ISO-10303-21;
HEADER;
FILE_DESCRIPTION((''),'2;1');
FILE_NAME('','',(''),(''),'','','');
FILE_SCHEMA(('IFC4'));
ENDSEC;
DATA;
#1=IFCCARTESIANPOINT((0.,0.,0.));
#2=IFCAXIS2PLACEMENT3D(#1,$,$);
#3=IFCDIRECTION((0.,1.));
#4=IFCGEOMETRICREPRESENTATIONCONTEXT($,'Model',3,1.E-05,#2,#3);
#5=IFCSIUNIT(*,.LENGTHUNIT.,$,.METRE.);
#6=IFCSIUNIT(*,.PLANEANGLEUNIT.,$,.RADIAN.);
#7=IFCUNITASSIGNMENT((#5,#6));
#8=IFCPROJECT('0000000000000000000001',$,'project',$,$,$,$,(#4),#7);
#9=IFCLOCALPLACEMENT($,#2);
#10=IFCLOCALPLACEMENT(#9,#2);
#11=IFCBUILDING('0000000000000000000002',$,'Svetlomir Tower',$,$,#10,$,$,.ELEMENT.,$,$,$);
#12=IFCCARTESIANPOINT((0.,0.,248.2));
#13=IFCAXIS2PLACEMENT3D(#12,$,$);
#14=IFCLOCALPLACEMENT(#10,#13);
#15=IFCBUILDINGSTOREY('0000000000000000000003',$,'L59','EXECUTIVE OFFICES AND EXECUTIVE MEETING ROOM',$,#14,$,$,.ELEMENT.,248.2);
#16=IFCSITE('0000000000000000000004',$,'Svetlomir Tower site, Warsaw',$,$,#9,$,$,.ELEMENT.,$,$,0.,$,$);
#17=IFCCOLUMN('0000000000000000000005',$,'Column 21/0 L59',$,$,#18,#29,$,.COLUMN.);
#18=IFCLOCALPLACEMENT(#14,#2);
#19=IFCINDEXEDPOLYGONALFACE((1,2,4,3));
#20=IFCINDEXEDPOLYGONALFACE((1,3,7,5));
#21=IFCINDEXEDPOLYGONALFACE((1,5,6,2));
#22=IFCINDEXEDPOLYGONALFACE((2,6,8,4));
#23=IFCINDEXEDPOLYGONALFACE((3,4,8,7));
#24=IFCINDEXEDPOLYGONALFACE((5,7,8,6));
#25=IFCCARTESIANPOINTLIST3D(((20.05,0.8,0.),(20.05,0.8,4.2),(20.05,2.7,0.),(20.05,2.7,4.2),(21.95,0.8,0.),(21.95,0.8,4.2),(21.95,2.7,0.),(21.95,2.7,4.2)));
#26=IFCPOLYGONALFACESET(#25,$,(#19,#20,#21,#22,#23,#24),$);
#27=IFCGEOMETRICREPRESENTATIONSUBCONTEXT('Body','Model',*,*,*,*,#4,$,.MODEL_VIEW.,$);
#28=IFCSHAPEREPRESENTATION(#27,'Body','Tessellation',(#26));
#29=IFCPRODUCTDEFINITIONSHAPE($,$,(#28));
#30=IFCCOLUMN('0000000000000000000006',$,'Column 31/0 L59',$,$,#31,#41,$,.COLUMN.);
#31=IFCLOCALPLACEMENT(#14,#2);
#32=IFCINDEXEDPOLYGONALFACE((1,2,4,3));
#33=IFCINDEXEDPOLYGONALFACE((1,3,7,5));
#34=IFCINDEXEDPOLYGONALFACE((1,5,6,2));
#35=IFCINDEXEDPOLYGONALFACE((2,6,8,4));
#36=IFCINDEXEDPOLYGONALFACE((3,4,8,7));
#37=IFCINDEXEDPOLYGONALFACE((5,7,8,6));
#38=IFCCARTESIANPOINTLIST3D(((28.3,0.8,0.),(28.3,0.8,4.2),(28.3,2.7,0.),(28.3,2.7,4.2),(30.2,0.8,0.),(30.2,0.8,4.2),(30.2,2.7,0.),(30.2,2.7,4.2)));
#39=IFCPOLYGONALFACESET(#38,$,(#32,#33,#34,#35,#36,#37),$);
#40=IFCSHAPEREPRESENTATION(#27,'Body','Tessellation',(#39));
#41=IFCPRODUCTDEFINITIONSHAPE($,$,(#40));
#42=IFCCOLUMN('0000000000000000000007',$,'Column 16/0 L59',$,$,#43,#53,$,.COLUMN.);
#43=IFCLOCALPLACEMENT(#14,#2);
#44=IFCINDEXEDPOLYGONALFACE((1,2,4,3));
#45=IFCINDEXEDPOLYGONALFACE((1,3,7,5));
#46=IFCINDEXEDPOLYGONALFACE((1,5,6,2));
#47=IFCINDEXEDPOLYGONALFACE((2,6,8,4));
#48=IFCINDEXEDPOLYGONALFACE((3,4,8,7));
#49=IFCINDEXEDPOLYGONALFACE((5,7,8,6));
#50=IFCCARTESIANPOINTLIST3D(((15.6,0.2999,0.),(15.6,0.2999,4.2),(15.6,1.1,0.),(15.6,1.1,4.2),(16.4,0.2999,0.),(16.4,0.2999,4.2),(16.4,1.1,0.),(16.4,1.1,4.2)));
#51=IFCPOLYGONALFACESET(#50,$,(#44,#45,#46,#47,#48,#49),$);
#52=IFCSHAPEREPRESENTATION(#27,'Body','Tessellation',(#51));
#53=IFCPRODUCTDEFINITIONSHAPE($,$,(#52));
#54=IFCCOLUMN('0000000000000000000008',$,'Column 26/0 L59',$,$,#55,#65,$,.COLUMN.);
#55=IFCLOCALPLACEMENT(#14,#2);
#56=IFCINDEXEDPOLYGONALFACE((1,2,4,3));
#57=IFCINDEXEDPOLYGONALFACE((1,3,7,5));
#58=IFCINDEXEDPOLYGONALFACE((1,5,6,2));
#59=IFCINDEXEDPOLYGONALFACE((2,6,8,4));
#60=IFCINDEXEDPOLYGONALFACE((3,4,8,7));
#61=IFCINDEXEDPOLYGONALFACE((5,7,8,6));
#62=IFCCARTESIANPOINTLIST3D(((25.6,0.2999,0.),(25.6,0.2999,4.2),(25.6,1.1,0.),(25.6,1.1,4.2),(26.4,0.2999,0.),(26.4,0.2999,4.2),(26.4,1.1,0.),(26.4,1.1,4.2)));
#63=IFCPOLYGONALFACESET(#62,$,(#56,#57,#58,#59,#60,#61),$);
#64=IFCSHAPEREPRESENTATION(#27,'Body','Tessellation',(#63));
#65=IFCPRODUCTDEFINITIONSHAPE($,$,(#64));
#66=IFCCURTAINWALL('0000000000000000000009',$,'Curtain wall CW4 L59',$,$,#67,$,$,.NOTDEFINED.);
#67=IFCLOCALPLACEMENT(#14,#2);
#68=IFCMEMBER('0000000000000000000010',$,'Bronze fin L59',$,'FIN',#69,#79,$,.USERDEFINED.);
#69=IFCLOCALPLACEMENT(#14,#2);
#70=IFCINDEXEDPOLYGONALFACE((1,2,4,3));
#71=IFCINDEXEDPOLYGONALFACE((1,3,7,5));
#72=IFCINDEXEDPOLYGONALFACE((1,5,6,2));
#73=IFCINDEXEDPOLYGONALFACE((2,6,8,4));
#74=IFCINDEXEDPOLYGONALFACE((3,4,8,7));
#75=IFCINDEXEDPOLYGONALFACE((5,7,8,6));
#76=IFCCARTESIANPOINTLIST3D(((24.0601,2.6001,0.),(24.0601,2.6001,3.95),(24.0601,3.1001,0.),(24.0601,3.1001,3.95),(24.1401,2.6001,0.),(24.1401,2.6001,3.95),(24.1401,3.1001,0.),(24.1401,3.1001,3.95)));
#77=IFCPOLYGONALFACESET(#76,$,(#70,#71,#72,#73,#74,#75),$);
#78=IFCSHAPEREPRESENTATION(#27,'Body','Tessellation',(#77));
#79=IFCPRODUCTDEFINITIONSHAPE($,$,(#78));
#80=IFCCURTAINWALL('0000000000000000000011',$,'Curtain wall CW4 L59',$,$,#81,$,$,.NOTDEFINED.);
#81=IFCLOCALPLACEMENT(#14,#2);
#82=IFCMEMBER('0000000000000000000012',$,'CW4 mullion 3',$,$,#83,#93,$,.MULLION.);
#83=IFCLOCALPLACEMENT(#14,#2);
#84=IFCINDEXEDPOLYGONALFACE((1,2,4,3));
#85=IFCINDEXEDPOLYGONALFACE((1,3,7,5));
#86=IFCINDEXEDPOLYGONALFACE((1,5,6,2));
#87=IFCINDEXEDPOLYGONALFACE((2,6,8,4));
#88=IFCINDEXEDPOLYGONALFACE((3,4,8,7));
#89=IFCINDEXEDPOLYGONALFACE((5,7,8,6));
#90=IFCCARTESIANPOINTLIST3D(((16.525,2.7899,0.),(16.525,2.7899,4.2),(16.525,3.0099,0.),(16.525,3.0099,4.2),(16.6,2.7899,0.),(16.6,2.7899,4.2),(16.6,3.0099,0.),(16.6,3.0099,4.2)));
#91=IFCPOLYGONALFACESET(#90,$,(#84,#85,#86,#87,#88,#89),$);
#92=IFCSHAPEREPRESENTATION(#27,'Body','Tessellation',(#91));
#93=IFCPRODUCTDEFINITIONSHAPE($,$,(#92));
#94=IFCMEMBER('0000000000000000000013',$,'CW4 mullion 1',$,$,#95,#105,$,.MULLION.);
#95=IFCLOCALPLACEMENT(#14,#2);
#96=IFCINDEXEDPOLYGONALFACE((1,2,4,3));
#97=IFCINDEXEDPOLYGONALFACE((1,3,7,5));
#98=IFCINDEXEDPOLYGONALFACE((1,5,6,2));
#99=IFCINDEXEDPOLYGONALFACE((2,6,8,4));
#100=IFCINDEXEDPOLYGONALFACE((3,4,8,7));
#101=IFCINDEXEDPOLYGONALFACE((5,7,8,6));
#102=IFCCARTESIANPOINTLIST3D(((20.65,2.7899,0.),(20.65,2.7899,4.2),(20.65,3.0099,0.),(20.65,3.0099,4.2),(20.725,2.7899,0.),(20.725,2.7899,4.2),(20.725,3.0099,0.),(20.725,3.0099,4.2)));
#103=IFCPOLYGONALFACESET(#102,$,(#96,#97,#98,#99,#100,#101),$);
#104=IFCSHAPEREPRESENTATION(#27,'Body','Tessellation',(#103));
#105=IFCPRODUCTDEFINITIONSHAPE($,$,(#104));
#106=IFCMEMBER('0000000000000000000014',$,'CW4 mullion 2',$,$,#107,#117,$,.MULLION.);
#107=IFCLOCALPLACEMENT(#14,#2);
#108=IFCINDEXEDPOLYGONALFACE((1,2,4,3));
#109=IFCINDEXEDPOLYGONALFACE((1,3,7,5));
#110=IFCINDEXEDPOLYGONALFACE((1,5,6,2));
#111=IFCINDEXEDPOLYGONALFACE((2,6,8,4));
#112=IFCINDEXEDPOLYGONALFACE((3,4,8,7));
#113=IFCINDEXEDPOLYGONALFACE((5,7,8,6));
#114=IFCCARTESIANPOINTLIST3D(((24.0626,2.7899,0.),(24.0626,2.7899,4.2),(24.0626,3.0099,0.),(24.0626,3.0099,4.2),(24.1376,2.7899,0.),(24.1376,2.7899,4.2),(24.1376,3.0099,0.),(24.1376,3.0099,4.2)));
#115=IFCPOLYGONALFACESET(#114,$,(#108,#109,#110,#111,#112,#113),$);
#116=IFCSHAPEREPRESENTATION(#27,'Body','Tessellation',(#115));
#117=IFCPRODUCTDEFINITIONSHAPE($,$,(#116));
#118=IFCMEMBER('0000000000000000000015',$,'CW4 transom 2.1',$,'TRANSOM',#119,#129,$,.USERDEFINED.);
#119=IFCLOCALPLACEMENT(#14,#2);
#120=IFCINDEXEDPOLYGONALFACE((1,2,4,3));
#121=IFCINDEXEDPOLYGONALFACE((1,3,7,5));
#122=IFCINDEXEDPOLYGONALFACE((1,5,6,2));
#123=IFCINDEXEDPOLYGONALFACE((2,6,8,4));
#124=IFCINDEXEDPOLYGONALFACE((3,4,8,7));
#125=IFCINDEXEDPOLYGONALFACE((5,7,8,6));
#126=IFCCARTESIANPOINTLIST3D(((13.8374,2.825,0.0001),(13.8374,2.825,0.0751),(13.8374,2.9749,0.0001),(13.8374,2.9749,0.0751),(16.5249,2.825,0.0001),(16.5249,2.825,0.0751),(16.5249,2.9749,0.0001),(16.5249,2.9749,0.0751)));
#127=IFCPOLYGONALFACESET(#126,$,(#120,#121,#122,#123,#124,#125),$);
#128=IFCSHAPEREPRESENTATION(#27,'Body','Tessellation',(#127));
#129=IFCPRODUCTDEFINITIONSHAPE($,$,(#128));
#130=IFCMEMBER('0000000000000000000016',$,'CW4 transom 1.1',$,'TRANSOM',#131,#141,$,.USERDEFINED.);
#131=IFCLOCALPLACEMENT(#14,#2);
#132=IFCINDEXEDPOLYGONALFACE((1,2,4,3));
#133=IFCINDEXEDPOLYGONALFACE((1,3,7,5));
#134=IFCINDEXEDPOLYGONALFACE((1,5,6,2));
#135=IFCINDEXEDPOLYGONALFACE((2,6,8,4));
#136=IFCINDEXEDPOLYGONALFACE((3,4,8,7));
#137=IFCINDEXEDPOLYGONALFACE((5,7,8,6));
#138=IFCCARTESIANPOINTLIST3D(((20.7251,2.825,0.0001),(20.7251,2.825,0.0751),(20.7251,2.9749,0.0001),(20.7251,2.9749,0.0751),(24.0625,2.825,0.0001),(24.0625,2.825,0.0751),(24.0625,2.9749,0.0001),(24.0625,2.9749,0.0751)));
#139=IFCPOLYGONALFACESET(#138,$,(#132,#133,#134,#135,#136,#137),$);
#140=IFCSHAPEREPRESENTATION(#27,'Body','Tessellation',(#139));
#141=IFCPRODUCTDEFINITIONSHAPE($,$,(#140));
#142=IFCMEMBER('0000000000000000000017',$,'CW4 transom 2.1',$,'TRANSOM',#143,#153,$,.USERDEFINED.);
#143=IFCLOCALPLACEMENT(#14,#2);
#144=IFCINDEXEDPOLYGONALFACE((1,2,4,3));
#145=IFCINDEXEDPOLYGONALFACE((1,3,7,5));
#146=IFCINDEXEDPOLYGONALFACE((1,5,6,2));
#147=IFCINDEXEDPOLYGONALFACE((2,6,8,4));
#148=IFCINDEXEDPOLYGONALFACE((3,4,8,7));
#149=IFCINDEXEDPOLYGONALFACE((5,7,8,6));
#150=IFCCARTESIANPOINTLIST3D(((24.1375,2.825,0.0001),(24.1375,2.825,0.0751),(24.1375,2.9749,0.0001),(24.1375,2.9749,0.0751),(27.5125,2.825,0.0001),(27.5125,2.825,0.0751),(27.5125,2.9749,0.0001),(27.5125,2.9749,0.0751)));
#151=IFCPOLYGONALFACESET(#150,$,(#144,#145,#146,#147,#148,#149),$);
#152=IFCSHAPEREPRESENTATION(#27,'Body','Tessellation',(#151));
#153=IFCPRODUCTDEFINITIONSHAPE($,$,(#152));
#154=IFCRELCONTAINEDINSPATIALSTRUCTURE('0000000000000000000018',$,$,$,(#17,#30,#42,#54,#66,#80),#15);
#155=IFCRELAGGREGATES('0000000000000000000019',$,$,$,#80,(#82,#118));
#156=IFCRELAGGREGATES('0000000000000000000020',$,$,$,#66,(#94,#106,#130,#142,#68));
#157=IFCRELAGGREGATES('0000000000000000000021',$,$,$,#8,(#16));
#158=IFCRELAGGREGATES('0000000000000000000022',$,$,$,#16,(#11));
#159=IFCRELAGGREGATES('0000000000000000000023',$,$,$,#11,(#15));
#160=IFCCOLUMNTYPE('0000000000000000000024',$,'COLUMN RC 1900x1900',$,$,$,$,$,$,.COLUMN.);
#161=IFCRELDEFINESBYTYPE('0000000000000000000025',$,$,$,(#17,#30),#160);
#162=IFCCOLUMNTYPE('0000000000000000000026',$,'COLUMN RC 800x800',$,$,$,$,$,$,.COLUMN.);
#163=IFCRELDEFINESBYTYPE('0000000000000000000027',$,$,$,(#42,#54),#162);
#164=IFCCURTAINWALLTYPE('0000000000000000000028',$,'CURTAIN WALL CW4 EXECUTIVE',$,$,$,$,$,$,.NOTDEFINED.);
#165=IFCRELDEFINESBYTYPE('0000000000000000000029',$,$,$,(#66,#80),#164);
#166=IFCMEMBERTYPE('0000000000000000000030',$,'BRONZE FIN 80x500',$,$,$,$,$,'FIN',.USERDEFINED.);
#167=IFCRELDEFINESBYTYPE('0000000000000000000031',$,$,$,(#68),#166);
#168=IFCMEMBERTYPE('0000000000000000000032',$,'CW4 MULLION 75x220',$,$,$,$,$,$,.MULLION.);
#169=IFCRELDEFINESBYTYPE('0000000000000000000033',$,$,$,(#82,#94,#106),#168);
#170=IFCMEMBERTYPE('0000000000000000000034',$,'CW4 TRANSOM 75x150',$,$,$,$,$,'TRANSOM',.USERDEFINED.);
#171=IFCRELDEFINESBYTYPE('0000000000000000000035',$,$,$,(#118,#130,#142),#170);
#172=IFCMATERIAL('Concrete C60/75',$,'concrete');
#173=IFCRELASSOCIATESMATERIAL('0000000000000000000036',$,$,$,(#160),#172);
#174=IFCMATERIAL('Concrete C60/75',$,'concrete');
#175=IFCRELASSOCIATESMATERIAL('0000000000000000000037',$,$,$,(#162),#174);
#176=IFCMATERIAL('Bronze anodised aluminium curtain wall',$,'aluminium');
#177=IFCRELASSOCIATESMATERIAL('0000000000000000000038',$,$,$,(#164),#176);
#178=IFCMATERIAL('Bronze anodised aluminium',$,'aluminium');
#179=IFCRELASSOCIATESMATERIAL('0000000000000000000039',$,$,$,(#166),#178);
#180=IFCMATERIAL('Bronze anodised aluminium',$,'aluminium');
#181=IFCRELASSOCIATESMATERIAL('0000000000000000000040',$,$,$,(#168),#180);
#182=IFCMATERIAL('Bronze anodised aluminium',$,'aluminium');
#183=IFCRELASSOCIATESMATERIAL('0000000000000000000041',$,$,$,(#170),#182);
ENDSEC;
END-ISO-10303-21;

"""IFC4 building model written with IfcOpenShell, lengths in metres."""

from ifc_helpers import new_model, si_unit, direction, frame, origin, origin_2d, place, context, subcontext, project, spatial, rectangle, extrude, material, material_profile, profile_set, type_object, element, aggregate, save


model = new_model("IFC4")

# Units and contexts
model_context = context("Model", 3, precision=1e-05, world=origin(), true_north=direction((0.0, 1.0)))
body_context = subcontext(model_context, "Body", "Model", "MODEL_VIEW")
ifc_project = project(units=[si_unit("LENGTHUNIT", "METRE"), si_unit("PLANEANGLEUNIT", "RADIAN")], contexts=[model_context])

# Site, building, storey
site_placement = place(None, origin())
site = spatial("IfcSite", under=ifc_project, at=site_placement, Name="Svetlomir Tower site, Warsaw", CompositionType="ELEMENT", RefElevation=0.0)
building_placement = place(site_placement, origin())
building = spatial("IfcBuilding", under=site, at=building_placement, Name="Svetlomir Tower", CompositionType="ELEMENT")
storey_placement = place(building_placement, frame((0.0, 0.0, 248.2)))
storey = spatial("IfcBuildingStorey", under=building, at=storey_placement, Name="L59", Description="EXECUTIVE OFFICES AND EXECUTIVE MEETING ROOM", CompositionType="ELEMENT", Elevation=248.2)

# Columns
ifc_material_1 = material(Name="Concrete C60/75", Category="concrete")
ifc_material_profile_1 = material_profile(ifc_material_1, rectangle(XDim=1.8999, YDim=1.8999, at=origin_2d()), Name="RC 1900x1900")
ifc_profile_set_1 = profile_set([ifc_material_profile_1], Name="Concrete C60/75")
column_type_1 = type_object("IfcColumnType", Name="COLUMN RC 1900x1900", PredefinedType="COLUMN", material=ifc_profile_set_1)
for number, where, z_axis, x_axis, name in (
    (1, (21.0, 1.75, 0.0), (0.0, 0.0, 1.0), (1.0, 0.0, 0.0), "Column 21/0 L59"),
    (2, (29.25, 1.75, 0.0), (0.0, 0.0, 1.0), (1.0, 0.0, 0.0), "Column 31/0 L59"),
):
    element("IfcColumn", number, at=place(storey_placement, frame(where, z_axis=z_axis, x_axis=x_axis)), inside=storey, type_object=column_type_1, Name=name, PredefinedType="COLUMN", context=body_context, shape_type="SweptSolid", body=[
        extrude(rectangle(XDim=1.8999, YDim=1.8999, at=origin_2d()), origin(), (0.0, 0.0, 1.0), 4.2),
    ])
ifc_material_2 = material(Name="Concrete C60/75", Category="concrete")
ifc_material_profile_2 = material_profile(ifc_material_2, rectangle(XDim=0.8, YDim=0.8, at=origin_2d()), Name="RC 800x800")
ifc_profile_set_2 = profile_set([ifc_material_profile_2], Name="Concrete C60/75")
column_type_2 = type_object("IfcColumnType", Name="COLUMN RC 800x800", PredefinedType="COLUMN", material=ifc_profile_set_2)
for number, where, z_axis, x_axis, name in (
    (3, (16.0, 0.7, 0.0), (0.0, 0.0, 1.0), (1.0, 0.0, 0.0), "Column 16/0 L59"),
    (4, (26.0, 0.7, 0.0), (0.0, 0.0, 1.0), (1.0, 0.0, 0.0), "Column 26/0 L59"),
):
    element("IfcColumn", number, at=place(storey_placement, frame(where, z_axis=z_axis, x_axis=x_axis)), inside=storey, type_object=column_type_2, Name=name, PredefinedType="COLUMN", context=body_context, shape_type="SweptSolid", body=[
        extrude(rectangle(XDim=0.8, YDim=0.8, at=origin_2d()), origin(), (0.0, 0.0, 1.0), 4.2),
    ])

# Curtain walls, members
ifc_material_3 = material(Name="Bronze anodised aluminium curtain wall", Category="aluminium")
curtain_wall_type = type_object("IfcCurtainWallType", Name="CURTAIN WALL CW4 EXECUTIVE", PredefinedType="NOTDEFINED", material=ifc_material_3)
curtain_wall_1_placement = place(storey_placement, origin())
curtain_wall_1 = element("IfcCurtainWall", 5, at=curtain_wall_1_placement, inside=storey, type_object=curtain_wall_type, Name="Curtain wall CW4 L59", PredefinedType="NOTDEFINED")
ifc_material_4 = material(Name="Bronze anodised aluminium", Category="aluminium")
ifc_material_profile_3 = material_profile(ifc_material_4, rectangle(XDim=0.0801, YDim=0.5, at=origin_2d()), Name="FIN 80x500")
ifc_profile_set_3 = profile_set([ifc_material_profile_3], Name="Bronze anodised aluminium 6063-T6")
member_type_1 = type_object("IfcMemberType", Name="BRONZE FIN 80x500", ElementType="FIN", PredefinedType="USERDEFINED", material=ifc_profile_set_3)
member_1_placement = place(storey_placement, frame((24.1001, 2.8501, 0.0), z_axis=(0.0, 0.0, 1.0), x_axis=(1.0, 0.0, 0.0)))
member_1 = element("IfcMember", 6, at=member_1_placement, type_object=member_type_1, Name="Bronze fin L59", ObjectType="FIN", PredefinedType="USERDEFINED", context=body_context, shape_type="SweptSolid", body=[
    extrude(rectangle(XDim=0.0801, YDim=0.5, at=origin_2d()), origin(), (0.0, 0.0, 1.0), 3.95),
])
curtain_wall_2_placement = place(storey_placement, origin())
curtain_wall_2 = element("IfcCurtainWall", 7, at=curtain_wall_2_placement, inside=storey, type_object=curtain_wall_type, Name="Curtain wall CW4 L59", PredefinedType="NOTDEFINED")
ifc_material_5 = material(Name="Bronze anodised aluminium", Category="aluminium")
ifc_material_profile_4 = material_profile(ifc_material_5, rectangle(XDim=0.075, YDim=0.22, at=origin_2d()), Name="AL 75x220")
ifc_profile_set_4 = profile_set([ifc_material_profile_4], Name="Bronze anodised aluminium 6063-T6")
member_type_2 = type_object("IfcMemberType", Name="CW4 MULLION 75x220", PredefinedType="MULLION", material=ifc_profile_set_4)
member_2_placement = place(storey_placement, frame((16.5625, 2.8999, 0.0), z_axis=(0.0, 0.0, 1.0), x_axis=(1.0, 0.0, 0.0)))
member_2 = element("IfcMember", 8, at=member_2_placement, type_object=member_type_2, Name="CW4 mullion 3", PredefinedType="MULLION", context=body_context, shape_type="SweptSolid", body=[
    extrude(rectangle(XDim=0.075, YDim=0.22, at=origin_2d()), origin(), (0.0, 0.0, 1.0), 4.2),
])

# Members
member_3_placement = place(storey_placement, frame((20.6875, 2.8999, 0.0), z_axis=(0.0, 0.0, 1.0), x_axis=(1.0, 0.0, 0.0)))
member_3 = element("IfcMember", 9, at=member_3_placement, type_object=member_type_2, Name="CW4 mullion 1", PredefinedType="MULLION", context=body_context, shape_type="SweptSolid", body=[
    extrude(rectangle(XDim=0.075, YDim=0.22, at=origin_2d()), origin(), (0.0, 0.0, 1.0), 4.2),
])
member_4_placement = place(storey_placement, frame((24.1001, 2.8999, 0.0), z_axis=(0.0, 0.0, 1.0), x_axis=(1.0, 0.0, 0.0)))
member_4 = element("IfcMember", 10, at=member_4_placement, type_object=member_type_2, Name="CW4 mullion 2", PredefinedType="MULLION", context=body_context, shape_type="SweptSolid", body=[
    extrude(rectangle(XDim=0.075, YDim=0.22, at=origin_2d()), origin(), (0.0, 0.0, 1.0), 4.2),
])
ifc_material_6 = material(Name="Bronze anodised aluminium", Category="aluminium")
ifc_material_profile_5 = material_profile(ifc_material_6, rectangle(XDim=0.1499, YDim=0.075, at=origin_2d()), Name="AL 150x75")
ifc_profile_set_5 = profile_set([ifc_material_profile_5], Name="Bronze anodised aluminium 6063-T6")
member_type_3 = type_object("IfcMemberType", Name="CW4 TRANSOM 75x150", ElementType="TRANSOM", PredefinedType="USERDEFINED", material=ifc_profile_set_5)
member_5_placement = place(storey_placement, frame((13.8374, 2.8999, 0.0376), z_axis=(1.0, 0.0, 0.0), x_axis=(0.0, 1.0, 0.0)))
member_5 = element("IfcMember", 11, at=member_5_placement, type_object=member_type_3, Name="CW4 transom 2.1", ObjectType="TRANSOM", PredefinedType="USERDEFINED", context=body_context, shape_type="SweptSolid", body=[
    extrude(rectangle(XDim=0.1499, YDim=0.075, at=origin_2d()), origin(), (0.0, 0.0, 1.0), 2.6875),
])
member_6_placement = place(storey_placement, frame((20.7251, 2.8999, 0.0376), z_axis=(1.0, 0.0, 0.0), x_axis=(0.0, 1.0, 0.0)))
member_6 = element("IfcMember", 12, at=member_6_placement, type_object=member_type_3, Name="CW4 transom 1.1", ObjectType="TRANSOM", PredefinedType="USERDEFINED", context=body_context, shape_type="SweptSolid", body=[
    extrude(rectangle(XDim=0.1499, YDim=0.075, at=origin_2d()), origin(), (0.0, 0.0, 1.0), 3.3374),
])
member_7_placement = place(storey_placement, frame((24.1375, 2.8999, 0.0376), z_axis=(1.0, 0.0, 0.0), x_axis=(0.0, 1.0, 0.0)))
member_7 = element("IfcMember", 13, at=member_7_placement, type_object=member_type_3, Name="CW4 transom 2.1", ObjectType="TRANSOM", PredefinedType="USERDEFINED", context=body_context, shape_type="SweptSolid", body=[
    extrude(rectangle(XDim=0.1499, YDim=0.075, at=origin_2d()), origin(), (0.0, 0.0, 1.0), 3.375),
])

aggregate(curtain_wall_2, [member_2, member_5])
aggregate(curtain_wall_1, [member_3, member_4, member_6, member_7, member_1])

save(model, "model.ifc")
